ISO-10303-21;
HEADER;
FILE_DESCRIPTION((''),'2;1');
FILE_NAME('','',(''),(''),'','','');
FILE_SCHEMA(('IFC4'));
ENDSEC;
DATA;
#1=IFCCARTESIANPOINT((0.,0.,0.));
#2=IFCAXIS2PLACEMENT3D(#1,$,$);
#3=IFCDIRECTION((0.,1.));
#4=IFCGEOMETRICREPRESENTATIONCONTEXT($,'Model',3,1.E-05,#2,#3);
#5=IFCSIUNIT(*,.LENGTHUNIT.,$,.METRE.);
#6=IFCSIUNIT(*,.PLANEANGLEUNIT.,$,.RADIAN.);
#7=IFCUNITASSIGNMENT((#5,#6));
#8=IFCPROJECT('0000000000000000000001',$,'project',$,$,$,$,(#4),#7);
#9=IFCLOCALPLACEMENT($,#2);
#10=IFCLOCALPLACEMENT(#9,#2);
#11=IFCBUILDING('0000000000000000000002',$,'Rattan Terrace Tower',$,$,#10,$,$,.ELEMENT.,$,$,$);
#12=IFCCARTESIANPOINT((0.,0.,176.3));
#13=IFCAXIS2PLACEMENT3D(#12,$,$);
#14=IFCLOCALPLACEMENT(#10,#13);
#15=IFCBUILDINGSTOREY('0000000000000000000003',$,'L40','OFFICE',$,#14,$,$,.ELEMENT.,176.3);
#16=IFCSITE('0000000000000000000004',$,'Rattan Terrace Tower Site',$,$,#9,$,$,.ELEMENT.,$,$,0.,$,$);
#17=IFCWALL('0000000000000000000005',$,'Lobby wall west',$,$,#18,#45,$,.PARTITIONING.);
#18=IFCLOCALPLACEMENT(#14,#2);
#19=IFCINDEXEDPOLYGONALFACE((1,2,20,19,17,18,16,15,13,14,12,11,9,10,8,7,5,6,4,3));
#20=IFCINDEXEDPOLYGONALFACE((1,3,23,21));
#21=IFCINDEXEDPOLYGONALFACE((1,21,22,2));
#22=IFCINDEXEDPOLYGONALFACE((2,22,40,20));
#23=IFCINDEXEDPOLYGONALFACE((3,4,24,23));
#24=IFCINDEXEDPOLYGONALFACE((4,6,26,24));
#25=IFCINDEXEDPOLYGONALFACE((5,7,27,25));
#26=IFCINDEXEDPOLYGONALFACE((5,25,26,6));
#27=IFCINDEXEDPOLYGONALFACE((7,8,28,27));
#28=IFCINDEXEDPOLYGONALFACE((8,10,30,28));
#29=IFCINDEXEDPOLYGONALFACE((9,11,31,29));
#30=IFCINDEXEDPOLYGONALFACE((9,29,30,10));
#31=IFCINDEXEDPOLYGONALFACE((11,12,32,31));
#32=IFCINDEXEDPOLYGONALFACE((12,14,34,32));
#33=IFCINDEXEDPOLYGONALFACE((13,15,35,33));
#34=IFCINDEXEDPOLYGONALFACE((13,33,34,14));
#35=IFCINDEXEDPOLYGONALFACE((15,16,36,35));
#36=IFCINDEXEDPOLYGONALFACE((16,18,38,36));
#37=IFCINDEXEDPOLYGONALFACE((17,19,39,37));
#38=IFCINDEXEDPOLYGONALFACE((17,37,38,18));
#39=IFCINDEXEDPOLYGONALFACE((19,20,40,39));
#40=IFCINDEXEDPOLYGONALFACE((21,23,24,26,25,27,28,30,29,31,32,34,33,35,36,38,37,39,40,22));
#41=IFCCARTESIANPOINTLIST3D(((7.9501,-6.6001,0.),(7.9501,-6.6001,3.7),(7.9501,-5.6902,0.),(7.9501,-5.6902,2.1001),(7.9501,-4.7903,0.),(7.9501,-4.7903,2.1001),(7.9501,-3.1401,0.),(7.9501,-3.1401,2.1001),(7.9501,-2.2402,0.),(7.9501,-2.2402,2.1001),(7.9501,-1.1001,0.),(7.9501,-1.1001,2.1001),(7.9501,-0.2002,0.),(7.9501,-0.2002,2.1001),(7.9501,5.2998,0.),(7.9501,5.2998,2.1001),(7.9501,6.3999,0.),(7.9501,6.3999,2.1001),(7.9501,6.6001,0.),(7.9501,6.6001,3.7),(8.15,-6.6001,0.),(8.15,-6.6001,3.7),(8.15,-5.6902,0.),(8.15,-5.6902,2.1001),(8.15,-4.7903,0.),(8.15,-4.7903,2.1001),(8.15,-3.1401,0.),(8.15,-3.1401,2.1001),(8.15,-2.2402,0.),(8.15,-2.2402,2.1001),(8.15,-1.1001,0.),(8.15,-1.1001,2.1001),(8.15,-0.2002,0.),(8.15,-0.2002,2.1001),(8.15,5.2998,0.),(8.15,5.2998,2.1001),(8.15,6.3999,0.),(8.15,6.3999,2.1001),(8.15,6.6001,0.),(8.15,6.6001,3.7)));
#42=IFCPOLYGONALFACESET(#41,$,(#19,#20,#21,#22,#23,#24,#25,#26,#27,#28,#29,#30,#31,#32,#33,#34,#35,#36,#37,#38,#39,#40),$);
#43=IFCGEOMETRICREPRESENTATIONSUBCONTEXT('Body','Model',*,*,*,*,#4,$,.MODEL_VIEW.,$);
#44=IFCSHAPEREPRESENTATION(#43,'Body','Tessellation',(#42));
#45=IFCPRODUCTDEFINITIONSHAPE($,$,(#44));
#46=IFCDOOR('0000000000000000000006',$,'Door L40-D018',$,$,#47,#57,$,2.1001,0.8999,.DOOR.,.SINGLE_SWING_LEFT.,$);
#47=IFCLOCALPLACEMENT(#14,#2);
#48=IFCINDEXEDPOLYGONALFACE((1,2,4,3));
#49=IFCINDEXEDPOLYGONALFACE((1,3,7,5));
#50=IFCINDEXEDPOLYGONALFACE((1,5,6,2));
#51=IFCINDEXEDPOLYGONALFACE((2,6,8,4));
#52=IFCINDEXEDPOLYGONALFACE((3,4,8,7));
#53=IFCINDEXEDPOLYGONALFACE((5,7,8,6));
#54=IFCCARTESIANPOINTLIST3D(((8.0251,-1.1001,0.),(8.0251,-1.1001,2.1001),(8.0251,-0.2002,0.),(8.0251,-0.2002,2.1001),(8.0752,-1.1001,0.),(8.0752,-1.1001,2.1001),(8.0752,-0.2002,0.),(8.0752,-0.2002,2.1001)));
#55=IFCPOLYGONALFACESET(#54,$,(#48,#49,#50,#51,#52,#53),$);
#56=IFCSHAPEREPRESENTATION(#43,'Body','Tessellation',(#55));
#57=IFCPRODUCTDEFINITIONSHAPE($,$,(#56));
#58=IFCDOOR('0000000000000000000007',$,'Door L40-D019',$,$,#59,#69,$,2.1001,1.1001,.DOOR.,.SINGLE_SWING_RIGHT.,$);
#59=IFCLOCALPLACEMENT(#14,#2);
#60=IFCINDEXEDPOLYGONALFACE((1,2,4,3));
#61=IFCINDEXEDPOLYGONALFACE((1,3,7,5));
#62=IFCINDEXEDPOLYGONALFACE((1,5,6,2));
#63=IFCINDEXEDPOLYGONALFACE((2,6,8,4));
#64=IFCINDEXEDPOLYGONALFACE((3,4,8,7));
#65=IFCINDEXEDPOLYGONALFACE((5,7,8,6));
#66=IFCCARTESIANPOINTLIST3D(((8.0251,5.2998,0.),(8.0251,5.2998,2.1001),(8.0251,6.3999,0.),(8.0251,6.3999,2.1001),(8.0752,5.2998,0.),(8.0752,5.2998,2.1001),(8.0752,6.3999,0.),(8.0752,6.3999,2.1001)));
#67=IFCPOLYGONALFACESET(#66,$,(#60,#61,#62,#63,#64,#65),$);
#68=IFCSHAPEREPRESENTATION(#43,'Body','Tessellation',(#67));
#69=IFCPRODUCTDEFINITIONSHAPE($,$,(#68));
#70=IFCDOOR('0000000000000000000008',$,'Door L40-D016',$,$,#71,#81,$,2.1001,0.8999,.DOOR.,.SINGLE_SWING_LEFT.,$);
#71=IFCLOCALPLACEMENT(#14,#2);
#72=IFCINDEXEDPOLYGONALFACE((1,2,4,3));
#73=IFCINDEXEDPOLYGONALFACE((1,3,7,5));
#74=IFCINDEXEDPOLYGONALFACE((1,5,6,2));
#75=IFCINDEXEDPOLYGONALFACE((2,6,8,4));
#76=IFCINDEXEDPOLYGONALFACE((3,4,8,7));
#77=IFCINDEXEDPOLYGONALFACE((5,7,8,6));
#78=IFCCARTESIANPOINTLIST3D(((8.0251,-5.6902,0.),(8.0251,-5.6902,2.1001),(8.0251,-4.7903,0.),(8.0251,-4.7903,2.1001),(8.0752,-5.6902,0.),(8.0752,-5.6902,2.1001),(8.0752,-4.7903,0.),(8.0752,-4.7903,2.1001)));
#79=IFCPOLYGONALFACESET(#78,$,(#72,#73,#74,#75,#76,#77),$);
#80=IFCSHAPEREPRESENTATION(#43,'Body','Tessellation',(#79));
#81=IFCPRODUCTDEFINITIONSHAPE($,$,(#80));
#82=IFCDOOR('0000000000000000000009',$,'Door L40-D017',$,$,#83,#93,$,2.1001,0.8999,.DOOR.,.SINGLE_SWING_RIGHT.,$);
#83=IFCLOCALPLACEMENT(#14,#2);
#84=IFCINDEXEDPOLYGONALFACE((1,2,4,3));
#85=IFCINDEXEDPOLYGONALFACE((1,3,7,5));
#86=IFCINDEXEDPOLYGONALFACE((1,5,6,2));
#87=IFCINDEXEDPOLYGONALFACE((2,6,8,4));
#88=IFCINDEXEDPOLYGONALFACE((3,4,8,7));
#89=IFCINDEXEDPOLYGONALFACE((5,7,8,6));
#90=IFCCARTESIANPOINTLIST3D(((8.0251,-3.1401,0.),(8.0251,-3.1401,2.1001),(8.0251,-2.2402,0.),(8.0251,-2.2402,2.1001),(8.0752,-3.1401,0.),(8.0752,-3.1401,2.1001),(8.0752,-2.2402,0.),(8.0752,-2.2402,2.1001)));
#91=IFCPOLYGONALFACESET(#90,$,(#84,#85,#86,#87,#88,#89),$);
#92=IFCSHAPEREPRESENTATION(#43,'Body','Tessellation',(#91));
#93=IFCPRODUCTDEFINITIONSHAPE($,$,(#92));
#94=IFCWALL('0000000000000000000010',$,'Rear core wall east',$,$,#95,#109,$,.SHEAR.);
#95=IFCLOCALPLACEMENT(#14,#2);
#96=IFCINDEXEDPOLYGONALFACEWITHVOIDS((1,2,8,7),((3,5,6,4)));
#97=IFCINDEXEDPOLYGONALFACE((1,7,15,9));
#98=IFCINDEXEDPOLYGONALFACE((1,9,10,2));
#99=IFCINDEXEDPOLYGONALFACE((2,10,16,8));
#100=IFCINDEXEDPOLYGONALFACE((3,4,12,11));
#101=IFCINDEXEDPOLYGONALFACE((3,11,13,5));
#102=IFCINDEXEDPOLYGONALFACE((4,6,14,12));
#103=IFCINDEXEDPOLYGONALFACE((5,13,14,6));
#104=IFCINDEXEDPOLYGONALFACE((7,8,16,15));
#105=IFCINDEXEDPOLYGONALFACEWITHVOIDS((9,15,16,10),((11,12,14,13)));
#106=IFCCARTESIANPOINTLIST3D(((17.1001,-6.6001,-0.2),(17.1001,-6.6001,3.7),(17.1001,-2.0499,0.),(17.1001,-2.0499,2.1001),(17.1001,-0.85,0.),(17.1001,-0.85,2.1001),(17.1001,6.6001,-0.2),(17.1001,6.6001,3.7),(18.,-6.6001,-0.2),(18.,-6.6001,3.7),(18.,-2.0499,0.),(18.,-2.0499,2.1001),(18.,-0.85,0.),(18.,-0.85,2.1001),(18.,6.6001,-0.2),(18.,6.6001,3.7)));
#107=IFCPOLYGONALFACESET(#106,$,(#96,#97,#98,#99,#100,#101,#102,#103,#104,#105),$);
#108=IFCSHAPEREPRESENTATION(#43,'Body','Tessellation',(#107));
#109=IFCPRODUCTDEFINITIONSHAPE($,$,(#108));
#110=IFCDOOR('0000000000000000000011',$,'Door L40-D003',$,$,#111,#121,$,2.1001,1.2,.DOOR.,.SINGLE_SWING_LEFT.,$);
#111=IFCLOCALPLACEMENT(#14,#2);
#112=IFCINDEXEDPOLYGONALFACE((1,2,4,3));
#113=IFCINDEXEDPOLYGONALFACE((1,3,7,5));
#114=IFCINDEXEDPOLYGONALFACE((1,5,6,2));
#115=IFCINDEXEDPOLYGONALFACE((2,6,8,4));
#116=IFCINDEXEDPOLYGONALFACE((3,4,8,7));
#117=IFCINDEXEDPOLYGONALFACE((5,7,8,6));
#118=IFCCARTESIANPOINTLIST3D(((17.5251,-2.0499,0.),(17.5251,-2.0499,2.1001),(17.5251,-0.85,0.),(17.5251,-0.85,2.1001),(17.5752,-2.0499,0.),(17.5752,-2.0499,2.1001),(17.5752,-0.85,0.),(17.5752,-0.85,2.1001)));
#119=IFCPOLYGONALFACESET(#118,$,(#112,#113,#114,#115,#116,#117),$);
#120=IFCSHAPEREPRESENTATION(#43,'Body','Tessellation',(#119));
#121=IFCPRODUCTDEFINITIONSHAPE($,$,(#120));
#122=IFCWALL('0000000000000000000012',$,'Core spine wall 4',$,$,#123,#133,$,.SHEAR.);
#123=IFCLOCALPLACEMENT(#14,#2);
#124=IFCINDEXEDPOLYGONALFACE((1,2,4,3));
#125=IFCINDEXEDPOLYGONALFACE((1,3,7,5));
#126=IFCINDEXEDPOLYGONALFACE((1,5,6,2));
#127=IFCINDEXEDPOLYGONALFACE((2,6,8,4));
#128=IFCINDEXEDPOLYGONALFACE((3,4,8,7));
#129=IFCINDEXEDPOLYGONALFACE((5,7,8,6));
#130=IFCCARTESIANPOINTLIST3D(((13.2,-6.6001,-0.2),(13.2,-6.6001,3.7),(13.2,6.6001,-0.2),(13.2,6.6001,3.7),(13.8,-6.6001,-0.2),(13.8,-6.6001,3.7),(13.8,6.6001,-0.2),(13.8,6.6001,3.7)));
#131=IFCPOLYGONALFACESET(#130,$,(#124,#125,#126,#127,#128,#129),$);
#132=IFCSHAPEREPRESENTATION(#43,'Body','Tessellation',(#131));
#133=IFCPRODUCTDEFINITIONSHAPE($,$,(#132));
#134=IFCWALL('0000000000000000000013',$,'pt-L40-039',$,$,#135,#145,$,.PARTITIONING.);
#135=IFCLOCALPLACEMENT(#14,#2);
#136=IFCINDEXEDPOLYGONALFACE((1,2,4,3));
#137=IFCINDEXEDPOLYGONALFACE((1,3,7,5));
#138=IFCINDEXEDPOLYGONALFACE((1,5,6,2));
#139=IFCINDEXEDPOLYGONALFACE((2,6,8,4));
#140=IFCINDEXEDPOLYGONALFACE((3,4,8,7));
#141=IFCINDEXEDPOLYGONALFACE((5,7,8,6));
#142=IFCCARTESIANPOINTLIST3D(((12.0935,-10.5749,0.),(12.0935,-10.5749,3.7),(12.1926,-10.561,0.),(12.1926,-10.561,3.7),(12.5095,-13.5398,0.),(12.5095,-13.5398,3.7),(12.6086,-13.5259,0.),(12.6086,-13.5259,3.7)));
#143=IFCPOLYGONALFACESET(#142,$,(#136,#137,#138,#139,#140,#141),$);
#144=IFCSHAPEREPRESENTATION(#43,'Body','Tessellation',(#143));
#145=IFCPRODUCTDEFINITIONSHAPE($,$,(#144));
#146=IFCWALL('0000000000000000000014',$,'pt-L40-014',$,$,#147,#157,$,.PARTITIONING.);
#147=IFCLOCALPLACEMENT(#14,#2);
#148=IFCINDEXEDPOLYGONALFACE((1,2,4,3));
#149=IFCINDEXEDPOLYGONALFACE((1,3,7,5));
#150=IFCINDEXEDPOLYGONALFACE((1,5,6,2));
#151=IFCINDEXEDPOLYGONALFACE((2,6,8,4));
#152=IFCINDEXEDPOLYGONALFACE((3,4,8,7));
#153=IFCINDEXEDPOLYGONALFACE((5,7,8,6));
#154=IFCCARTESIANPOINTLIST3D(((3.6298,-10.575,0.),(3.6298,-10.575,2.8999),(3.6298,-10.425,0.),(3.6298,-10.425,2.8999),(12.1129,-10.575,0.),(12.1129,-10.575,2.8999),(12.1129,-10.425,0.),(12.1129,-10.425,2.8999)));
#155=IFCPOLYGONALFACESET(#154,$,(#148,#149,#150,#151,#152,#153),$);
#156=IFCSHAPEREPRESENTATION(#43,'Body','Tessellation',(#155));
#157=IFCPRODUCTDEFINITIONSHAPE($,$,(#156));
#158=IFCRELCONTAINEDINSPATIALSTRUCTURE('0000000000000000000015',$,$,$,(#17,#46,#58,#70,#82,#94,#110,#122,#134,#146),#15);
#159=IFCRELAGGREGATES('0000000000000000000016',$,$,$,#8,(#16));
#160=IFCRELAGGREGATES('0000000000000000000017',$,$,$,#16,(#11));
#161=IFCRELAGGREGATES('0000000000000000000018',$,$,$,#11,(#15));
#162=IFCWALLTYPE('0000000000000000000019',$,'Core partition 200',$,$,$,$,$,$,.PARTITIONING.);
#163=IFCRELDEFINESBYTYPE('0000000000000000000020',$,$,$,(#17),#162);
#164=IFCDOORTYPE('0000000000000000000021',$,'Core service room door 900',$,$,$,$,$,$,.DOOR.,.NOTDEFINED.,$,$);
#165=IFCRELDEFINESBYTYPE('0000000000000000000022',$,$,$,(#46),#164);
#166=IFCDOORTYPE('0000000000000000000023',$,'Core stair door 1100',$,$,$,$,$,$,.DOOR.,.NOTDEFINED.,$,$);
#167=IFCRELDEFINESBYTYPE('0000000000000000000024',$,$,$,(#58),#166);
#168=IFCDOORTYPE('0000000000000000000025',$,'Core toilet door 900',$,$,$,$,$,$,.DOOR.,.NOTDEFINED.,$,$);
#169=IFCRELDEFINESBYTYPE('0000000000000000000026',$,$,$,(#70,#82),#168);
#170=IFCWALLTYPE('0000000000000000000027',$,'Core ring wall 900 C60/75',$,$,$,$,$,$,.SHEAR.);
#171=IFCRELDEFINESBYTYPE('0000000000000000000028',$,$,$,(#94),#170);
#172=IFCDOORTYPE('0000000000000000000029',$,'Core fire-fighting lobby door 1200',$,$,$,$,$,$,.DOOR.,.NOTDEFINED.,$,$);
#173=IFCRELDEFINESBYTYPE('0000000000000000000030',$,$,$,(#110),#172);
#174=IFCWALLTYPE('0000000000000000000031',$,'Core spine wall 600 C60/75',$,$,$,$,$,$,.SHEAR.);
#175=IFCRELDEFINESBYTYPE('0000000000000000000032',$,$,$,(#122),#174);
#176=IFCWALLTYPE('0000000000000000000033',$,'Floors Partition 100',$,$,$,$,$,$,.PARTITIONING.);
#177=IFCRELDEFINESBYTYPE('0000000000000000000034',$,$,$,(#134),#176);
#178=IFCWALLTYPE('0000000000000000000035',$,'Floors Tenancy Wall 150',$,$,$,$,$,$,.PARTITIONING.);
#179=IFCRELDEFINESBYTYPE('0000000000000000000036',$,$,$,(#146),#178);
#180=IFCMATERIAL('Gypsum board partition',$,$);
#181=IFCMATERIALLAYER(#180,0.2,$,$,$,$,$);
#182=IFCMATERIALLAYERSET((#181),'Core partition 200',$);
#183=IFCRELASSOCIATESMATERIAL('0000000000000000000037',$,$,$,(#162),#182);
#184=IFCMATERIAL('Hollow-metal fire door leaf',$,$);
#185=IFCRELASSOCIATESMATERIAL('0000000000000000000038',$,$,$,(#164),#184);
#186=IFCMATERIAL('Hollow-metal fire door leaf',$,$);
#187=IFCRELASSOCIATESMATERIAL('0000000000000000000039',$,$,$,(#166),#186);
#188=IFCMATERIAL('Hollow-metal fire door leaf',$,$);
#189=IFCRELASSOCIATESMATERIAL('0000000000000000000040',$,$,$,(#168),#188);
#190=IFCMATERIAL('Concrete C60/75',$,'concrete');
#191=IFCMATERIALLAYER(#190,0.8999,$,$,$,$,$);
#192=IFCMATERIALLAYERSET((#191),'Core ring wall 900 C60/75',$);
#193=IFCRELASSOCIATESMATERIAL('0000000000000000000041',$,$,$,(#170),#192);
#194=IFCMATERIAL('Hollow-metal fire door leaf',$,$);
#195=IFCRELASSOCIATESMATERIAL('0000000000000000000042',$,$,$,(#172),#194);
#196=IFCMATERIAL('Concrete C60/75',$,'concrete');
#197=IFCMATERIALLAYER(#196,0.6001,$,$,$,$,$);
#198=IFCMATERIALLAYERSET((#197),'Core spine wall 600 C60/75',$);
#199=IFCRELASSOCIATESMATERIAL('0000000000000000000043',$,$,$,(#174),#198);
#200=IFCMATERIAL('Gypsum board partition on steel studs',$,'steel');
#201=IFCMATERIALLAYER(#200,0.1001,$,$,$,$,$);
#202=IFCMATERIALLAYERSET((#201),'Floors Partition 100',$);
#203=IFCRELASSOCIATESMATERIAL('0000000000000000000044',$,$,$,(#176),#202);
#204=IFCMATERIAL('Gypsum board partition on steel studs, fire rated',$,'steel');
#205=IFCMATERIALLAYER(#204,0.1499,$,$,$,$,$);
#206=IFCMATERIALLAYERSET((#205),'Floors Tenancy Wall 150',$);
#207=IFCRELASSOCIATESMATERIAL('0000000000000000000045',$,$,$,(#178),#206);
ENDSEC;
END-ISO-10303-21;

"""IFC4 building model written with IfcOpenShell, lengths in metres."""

from ifc_helpers import new_model, si_unit, direction, frame, frame_2d, origin, place, context, subcontext, project, spatial, rectangle, extrude, material, layer, layer_set, type_object, element, fill, save


model = new_model("IFC4")

# Units and contexts
model_context = context("Model", 3, precision=1e-05, world=origin(), true_north=direction((0.0, 1.0)))
body_context = subcontext(model_context, "Body", "Model", "MODEL_VIEW")
ifc_project = project(units=[si_unit("LENGTHUNIT", "METRE"), si_unit("PLANEANGLEUNIT", "RADIAN")], contexts=[model_context])

# Site, building, storey
site_placement = place(None, origin())
site = spatial("IfcSite", under=ifc_project, at=site_placement, Name="Rattan Terrace Tower Site", CompositionType="ELEMENT", RefElevation=0.0)
building_placement = place(site_placement, origin())
building = spatial("IfcBuilding", under=site, at=building_placement, Name="Rattan Terrace Tower", CompositionType="ELEMENT")
storey_placement = place(building_placement, frame((0.0, 0.0, 176.3)))
storey = spatial("IfcBuildingStorey", under=building, at=storey_placement, Name="L40", Description="OFFICE", CompositionType="ELEMENT", Elevation=176.3)

# Shared definitions
ifc_material_1 = material(Name="Gypsum board partition")
ifc_layer_1 = layer(ifc_material_1, 0.2)
ifc_layer_set_1 = layer_set([ifc_layer_1], Name="Core partition 200")
wall_type_1 = type_object("IfcWallType", Name="Core partition 200", PredefinedType="PARTITIONING", material=ifc_layer_set_1)

# Wall, openings, doors
wall_1_placement = place(storey_placement, frame((8.05, -6.6001, 0.0), z_axis=(0.0, 0.0, 1.0), x_axis=(0.0, 1.0, 0.0)))
wall_1 = element("IfcWall", 1, at=wall_1_placement, inside=storey, type_object=wall_type_1, Name="Lobby wall west", PredefinedType="PARTITIONING", context=body_context, shape_type="SweptSolid", body=[
    extrude(rectangle(XDim=13.2002, YDim=0.2, at=frame_2d((6.6001, 0.0))), origin(), (0.0, 0.0, 1.0), 3.7),
])
opening_1_placement = place(wall_1_placement, frame((0.9099, 0.0, 0.0)))
opening_1 = element("IfcOpeningElement", 2, at=opening_1_placement, cuts=wall_1, PredefinedType="OPENING", context=body_context, shape_type="SweptSolid", body=[
    extrude(rectangle(XDim=0.8999, YDim=2.1001, at=frame_2d((0.45, 1.05))), frame((0.0, 0.1106, 0.0), z_axis=(0.0, -1.0, 0.0), x_axis=(1.0, 0.0, 0.0)), (0.0, 0.0, 1.0), 0.2209),
])
opening_2_placement = place(wall_1_placement, frame((3.46, 0.0, 0.0)))
opening_2 = element("IfcOpeningElement", 3, at=opening_2_placement, cuts=wall_1, PredefinedType="OPENING", context=body_context, shape_type="SweptSolid", body=[
    extrude(rectangle(XDim=0.8999, YDim=2.1001, at=frame_2d((0.45, 1.05))), frame((0.0, 0.1106, 0.0), z_axis=(0.0, -1.0, 0.0), x_axis=(1.0, 0.0, 0.0)), (0.0, 0.0, 1.0), 0.2209),
])
opening_3_placement = place(wall_1_placement, frame((5.5, 0.0, 0.0)))
opening_3 = element("IfcOpeningElement", 4, at=opening_3_placement, cuts=wall_1, PredefinedType="OPENING", context=body_context, shape_type="SweptSolid", body=[
    extrude(rectangle(XDim=0.8999, YDim=2.1001, at=frame_2d((0.45, 1.05))), frame((0.0, 0.1106, 0.0), z_axis=(0.0, -1.0, 0.0), x_axis=(1.0, 0.0, 0.0)), (0.0, 0.0, 1.0), 0.2209),
])
opening_4_placement = place(wall_1_placement, frame((11.8999, 0.0, 0.0)))
opening_4 = element("IfcOpeningElement", 5, at=opening_4_placement, cuts=wall_1, PredefinedType="OPENING", context=body_context, shape_type="SweptSolid", body=[
    extrude(rectangle(XDim=1.1001, YDim=2.1001, at=frame_2d((0.55, 1.05))), frame((0.0, 0.1106, 0.0), z_axis=(0.0, -1.0, 0.0), x_axis=(1.0, 0.0, 0.0)), (0.0, 0.0, 1.0), 0.2209),
])
ifc_material_2 = material(Name="Hollow-metal fire door leaf")
door_type_1 = type_object("IfcDoorType", Name="Core service room door 900", OperationType="NOTDEFINED", PredefinedType="DOOR", material=ifc_material_2)
door_1_placement = place(opening_3_placement, origin())
door_1 = element("IfcDoor", 6, at=door_1_placement, inside=storey, type_object=door_type_1, Name="Door L40-D018", OperationType="SINGLE_SWING_LEFT", OverallHeight=2.1001, OverallWidth=0.8999, PredefinedType="DOOR", context=body_context, shape_type="SweptSolid", body=[
    extrude(rectangle(XDim=0.8999, YDim=2.1001, at=frame_2d((0.45, 1.05))), frame((0.0, 0.0249, 0.0), z_axis=(0.0, -1.0, 0.0), x_axis=(1.0, 0.0, 0.0)), (0.0, 0.0, 1.0), 0.05),
])
fill(opening_3, door_1)
ifc_material_3 = material(Name="Hollow-metal fire door leaf")
door_type_2 = type_object("IfcDoorType", Name="Core stair door 1100", OperationType="NOTDEFINED", PredefinedType="DOOR", material=ifc_material_3)
door_2_placement = place(opening_4_placement, origin())
door_2 = element("IfcDoor", 7, at=door_2_placement, inside=storey, type_object=door_type_2, Name="Door L40-D019", OperationType="SINGLE_SWING_RIGHT", OverallHeight=2.1001, OverallWidth=1.1001, PredefinedType="DOOR", context=body_context, shape_type="SweptSolid", body=[
    extrude(rectangle(XDim=1.1001, YDim=2.1001, at=frame_2d((0.55, 1.05))), frame((0.0, 0.0249, 0.0), z_axis=(0.0, -1.0, 0.0), x_axis=(1.0, 0.0, 0.0)), (0.0, 0.0, 1.0), 0.05),
])
fill(opening_4, door_2)
ifc_material_4 = material(Name="Hollow-metal fire door leaf")
door_type_3 = type_object("IfcDoorType", Name="Core toilet door 900", OperationType="NOTDEFINED", PredefinedType="DOOR", material=ifc_material_4)
door_3_placement = place(opening_1_placement, origin())
door_3 = element("IfcDoor", 8, at=door_3_placement, inside=storey, type_object=door_type_3, Name="Door L40-D016", OperationType="SINGLE_SWING_LEFT", OverallHeight=2.1001, OverallWidth=0.8999, PredefinedType="DOOR", context=body_context, shape_type="SweptSolid", body=[
    extrude(rectangle(XDim=0.8999, YDim=2.1001, at=frame_2d((0.45, 1.05))), frame((0.0, 0.0249, 0.0), z_axis=(0.0, -1.0, 0.0), x_axis=(1.0, 0.0, 0.0)), (0.0, 0.0, 1.0), 0.05),
])
fill(opening_1, door_3)
door_4_placement = place(opening_2_placement, origin())
door_4 = element("IfcDoor", 9, at=door_4_placement, inside=storey, type_object=door_type_3, Name="Door L40-D017", OperationType="SINGLE_SWING_RIGHT", OverallHeight=2.1001, OverallWidth=0.8999, PredefinedType="DOOR", context=body_context, shape_type="SweptSolid", body=[
    extrude(rectangle(XDim=0.8999, YDim=2.1001, at=frame_2d((0.45, 1.05))), frame((0.0, 0.0249, 0.0), z_axis=(0.0, -1.0, 0.0), x_axis=(1.0, 0.0, 0.0)), (0.0, 0.0, 1.0), 0.05),
])
fill(opening_2, door_4)

# Wall, opening, door
ifc_material_5 = material(Name="Concrete C60/75", Category="concrete")
ifc_layer_2 = layer(ifc_material_5, 0.8999)
ifc_layer_set_2 = layer_set([ifc_layer_2], Name="Core ring wall 900 C60/75")
wall_type_2 = type_object("IfcWallType", Name="Core ring wall 900 C60/75", PredefinedType="SHEAR", material=ifc_layer_set_2)
wall_2_placement = place(storey_placement, frame((17.55, -6.6001, -0.2), z_axis=(0.0, 0.0, 1.0), x_axis=(0.0, 1.0, 0.0)))
wall_2 = element("IfcWall", 10, at=wall_2_placement, inside=storey, type_object=wall_type_2, Name="Rear core wall east", PredefinedType="SHEAR", context=body_context, shape_type="SweptSolid", body=[
    extrude(rectangle(XDim=13.2002, YDim=0.8999, at=frame_2d((6.6001, 0.0))), origin(), (0.0, 0.0, 1.0), 3.8999),
])
opening_5_placement = place(wall_2_placement, frame((4.55, 0.0, 0.2)))
opening_5 = element("IfcOpeningElement", 11, at=opening_5_placement, cuts=wall_2, PredefinedType="OPENING", context=body_context, shape_type="SweptSolid", body=[
    extrude(rectangle(XDim=1.2, YDim=2.1001, at=frame_2d((0.6001, 1.05))), frame((0.0, 0.4604, 0.0), z_axis=(0.0, -1.0, 0.0), x_axis=(1.0, 0.0, 0.0)), (0.0, 0.0, 1.0), 0.9209),
])
ifc_material_6 = material(Name="Hollow-metal fire door leaf")
door_type_4 = type_object("IfcDoorType", Name="Core fire-fighting lobby door 1200", OperationType="NOTDEFINED", PredefinedType="DOOR", material=ifc_material_6)
door_5_placement = place(opening_5_placement, origin())
door_5 = element("IfcDoor", 12, at=door_5_placement, inside=storey, type_object=door_type_4, Name="Door L40-D003", OperationType="SINGLE_SWING_LEFT", OverallHeight=2.1001, OverallWidth=1.2, PredefinedType="DOOR", context=body_context, shape_type="SweptSolid", body=[
    extrude(rectangle(XDim=1.2, YDim=2.1001, at=frame_2d((0.6001, 1.05))), frame((0.0, 0.0249, 0.0), z_axis=(0.0, -1.0, 0.0), x_axis=(1.0, 0.0, 0.0)), (0.0, 0.0, 1.0), 0.05),
])
fill(opening_5, door_5)

# Walls
ifc_material_7 = material(Name="Concrete C60/75", Category="concrete")
ifc_layer_3 = layer(ifc_material_7, 0.6001)
ifc_layer_set_3 = layer_set([ifc_layer_3], Name="Core spine wall 600 C60/75")
wall_type_3 = type_object("IfcWallType", Name="Core spine wall 600 C60/75", PredefinedType="SHEAR", material=ifc_layer_set_3)
wall_3_placement = place(storey_placement, frame((13.5, -6.6001, -0.2), z_axis=(0.0, 0.0, 1.0), x_axis=(0.0, 1.0, 0.0)))
element("IfcWall", 13, at=wall_3_placement, inside=storey, type_object=wall_type_3, Name="Core spine wall 4", PredefinedType="SHEAR", context=body_context, shape_type="SweptSolid", body=[
    extrude(rectangle(XDim=13.2002, YDim=0.6001, at=frame_2d((6.6001, 0.0))), origin(), (0.0, 0.0, 1.0), 3.8999),
])
ifc_material_8 = material(Name="Gypsum board partition on steel studs", Category="steel")
ifc_layer_4 = layer(ifc_material_8, 0.1001)
ifc_layer_set_4 = layer_set([ifc_layer_4], Name="Floors Partition 100")
wall_type_4 = type_object("IfcWallType", Name="Floors Partition 100", PredefinedType="PARTITIONING", material=ifc_layer_set_4)
wall_4_placement = place(storey_placement, frame((12.5591, -13.533, 0.0), z_axis=(0.0, 0.0, 1.0), x_axis=(-0.138955, 0.990299, 0.0)))
element("IfcWall", 14, at=wall_4_placement, inside=storey, type_object=wall_type_4, Name="pt-L40-039", PredefinedType="PARTITIONING", context=body_context, shape_type="SweptSolid", body=[
    extrude(rectangle(XDim=2.9939, YDim=0.1001, at=frame_2d((1.4971, 0.0))), origin(), (0.0, 0.0, 1.0), 3.7),
])
ifc_material_9 = material(Name="Gypsum board partition on steel studs, fire rated", Category="steel")
ifc_layer_5 = layer(ifc_material_9, 0.1499)
ifc_layer_set_5 = layer_set([ifc_layer_5], Name="Floors Tenancy Wall 150")
wall_type_5 = type_object("IfcWallType", Name="Floors Tenancy Wall 150", PredefinedType="PARTITIONING", material=ifc_layer_set_5)
wall_5_placement = place(storey_placement, frame((12.113, -10.5, 0.0), z_axis=(0.0, 0.0, 1.0), x_axis=(-1.0, 0.0, 0.0)))
element("IfcWall", 15, at=wall_5_placement, inside=storey, type_object=wall_type_5, Name="pt-L40-014", PredefinedType="PARTITIONING", context=body_context, shape_type="SweptSolid", body=[
    extrude(rectangle(XDim=8.4832, YDim=0.1499, at=frame_2d((4.2417, 0.0))), origin(), (0.0, 0.0, 1.0), 2.8999),
])

save(model, "model.ifc")
